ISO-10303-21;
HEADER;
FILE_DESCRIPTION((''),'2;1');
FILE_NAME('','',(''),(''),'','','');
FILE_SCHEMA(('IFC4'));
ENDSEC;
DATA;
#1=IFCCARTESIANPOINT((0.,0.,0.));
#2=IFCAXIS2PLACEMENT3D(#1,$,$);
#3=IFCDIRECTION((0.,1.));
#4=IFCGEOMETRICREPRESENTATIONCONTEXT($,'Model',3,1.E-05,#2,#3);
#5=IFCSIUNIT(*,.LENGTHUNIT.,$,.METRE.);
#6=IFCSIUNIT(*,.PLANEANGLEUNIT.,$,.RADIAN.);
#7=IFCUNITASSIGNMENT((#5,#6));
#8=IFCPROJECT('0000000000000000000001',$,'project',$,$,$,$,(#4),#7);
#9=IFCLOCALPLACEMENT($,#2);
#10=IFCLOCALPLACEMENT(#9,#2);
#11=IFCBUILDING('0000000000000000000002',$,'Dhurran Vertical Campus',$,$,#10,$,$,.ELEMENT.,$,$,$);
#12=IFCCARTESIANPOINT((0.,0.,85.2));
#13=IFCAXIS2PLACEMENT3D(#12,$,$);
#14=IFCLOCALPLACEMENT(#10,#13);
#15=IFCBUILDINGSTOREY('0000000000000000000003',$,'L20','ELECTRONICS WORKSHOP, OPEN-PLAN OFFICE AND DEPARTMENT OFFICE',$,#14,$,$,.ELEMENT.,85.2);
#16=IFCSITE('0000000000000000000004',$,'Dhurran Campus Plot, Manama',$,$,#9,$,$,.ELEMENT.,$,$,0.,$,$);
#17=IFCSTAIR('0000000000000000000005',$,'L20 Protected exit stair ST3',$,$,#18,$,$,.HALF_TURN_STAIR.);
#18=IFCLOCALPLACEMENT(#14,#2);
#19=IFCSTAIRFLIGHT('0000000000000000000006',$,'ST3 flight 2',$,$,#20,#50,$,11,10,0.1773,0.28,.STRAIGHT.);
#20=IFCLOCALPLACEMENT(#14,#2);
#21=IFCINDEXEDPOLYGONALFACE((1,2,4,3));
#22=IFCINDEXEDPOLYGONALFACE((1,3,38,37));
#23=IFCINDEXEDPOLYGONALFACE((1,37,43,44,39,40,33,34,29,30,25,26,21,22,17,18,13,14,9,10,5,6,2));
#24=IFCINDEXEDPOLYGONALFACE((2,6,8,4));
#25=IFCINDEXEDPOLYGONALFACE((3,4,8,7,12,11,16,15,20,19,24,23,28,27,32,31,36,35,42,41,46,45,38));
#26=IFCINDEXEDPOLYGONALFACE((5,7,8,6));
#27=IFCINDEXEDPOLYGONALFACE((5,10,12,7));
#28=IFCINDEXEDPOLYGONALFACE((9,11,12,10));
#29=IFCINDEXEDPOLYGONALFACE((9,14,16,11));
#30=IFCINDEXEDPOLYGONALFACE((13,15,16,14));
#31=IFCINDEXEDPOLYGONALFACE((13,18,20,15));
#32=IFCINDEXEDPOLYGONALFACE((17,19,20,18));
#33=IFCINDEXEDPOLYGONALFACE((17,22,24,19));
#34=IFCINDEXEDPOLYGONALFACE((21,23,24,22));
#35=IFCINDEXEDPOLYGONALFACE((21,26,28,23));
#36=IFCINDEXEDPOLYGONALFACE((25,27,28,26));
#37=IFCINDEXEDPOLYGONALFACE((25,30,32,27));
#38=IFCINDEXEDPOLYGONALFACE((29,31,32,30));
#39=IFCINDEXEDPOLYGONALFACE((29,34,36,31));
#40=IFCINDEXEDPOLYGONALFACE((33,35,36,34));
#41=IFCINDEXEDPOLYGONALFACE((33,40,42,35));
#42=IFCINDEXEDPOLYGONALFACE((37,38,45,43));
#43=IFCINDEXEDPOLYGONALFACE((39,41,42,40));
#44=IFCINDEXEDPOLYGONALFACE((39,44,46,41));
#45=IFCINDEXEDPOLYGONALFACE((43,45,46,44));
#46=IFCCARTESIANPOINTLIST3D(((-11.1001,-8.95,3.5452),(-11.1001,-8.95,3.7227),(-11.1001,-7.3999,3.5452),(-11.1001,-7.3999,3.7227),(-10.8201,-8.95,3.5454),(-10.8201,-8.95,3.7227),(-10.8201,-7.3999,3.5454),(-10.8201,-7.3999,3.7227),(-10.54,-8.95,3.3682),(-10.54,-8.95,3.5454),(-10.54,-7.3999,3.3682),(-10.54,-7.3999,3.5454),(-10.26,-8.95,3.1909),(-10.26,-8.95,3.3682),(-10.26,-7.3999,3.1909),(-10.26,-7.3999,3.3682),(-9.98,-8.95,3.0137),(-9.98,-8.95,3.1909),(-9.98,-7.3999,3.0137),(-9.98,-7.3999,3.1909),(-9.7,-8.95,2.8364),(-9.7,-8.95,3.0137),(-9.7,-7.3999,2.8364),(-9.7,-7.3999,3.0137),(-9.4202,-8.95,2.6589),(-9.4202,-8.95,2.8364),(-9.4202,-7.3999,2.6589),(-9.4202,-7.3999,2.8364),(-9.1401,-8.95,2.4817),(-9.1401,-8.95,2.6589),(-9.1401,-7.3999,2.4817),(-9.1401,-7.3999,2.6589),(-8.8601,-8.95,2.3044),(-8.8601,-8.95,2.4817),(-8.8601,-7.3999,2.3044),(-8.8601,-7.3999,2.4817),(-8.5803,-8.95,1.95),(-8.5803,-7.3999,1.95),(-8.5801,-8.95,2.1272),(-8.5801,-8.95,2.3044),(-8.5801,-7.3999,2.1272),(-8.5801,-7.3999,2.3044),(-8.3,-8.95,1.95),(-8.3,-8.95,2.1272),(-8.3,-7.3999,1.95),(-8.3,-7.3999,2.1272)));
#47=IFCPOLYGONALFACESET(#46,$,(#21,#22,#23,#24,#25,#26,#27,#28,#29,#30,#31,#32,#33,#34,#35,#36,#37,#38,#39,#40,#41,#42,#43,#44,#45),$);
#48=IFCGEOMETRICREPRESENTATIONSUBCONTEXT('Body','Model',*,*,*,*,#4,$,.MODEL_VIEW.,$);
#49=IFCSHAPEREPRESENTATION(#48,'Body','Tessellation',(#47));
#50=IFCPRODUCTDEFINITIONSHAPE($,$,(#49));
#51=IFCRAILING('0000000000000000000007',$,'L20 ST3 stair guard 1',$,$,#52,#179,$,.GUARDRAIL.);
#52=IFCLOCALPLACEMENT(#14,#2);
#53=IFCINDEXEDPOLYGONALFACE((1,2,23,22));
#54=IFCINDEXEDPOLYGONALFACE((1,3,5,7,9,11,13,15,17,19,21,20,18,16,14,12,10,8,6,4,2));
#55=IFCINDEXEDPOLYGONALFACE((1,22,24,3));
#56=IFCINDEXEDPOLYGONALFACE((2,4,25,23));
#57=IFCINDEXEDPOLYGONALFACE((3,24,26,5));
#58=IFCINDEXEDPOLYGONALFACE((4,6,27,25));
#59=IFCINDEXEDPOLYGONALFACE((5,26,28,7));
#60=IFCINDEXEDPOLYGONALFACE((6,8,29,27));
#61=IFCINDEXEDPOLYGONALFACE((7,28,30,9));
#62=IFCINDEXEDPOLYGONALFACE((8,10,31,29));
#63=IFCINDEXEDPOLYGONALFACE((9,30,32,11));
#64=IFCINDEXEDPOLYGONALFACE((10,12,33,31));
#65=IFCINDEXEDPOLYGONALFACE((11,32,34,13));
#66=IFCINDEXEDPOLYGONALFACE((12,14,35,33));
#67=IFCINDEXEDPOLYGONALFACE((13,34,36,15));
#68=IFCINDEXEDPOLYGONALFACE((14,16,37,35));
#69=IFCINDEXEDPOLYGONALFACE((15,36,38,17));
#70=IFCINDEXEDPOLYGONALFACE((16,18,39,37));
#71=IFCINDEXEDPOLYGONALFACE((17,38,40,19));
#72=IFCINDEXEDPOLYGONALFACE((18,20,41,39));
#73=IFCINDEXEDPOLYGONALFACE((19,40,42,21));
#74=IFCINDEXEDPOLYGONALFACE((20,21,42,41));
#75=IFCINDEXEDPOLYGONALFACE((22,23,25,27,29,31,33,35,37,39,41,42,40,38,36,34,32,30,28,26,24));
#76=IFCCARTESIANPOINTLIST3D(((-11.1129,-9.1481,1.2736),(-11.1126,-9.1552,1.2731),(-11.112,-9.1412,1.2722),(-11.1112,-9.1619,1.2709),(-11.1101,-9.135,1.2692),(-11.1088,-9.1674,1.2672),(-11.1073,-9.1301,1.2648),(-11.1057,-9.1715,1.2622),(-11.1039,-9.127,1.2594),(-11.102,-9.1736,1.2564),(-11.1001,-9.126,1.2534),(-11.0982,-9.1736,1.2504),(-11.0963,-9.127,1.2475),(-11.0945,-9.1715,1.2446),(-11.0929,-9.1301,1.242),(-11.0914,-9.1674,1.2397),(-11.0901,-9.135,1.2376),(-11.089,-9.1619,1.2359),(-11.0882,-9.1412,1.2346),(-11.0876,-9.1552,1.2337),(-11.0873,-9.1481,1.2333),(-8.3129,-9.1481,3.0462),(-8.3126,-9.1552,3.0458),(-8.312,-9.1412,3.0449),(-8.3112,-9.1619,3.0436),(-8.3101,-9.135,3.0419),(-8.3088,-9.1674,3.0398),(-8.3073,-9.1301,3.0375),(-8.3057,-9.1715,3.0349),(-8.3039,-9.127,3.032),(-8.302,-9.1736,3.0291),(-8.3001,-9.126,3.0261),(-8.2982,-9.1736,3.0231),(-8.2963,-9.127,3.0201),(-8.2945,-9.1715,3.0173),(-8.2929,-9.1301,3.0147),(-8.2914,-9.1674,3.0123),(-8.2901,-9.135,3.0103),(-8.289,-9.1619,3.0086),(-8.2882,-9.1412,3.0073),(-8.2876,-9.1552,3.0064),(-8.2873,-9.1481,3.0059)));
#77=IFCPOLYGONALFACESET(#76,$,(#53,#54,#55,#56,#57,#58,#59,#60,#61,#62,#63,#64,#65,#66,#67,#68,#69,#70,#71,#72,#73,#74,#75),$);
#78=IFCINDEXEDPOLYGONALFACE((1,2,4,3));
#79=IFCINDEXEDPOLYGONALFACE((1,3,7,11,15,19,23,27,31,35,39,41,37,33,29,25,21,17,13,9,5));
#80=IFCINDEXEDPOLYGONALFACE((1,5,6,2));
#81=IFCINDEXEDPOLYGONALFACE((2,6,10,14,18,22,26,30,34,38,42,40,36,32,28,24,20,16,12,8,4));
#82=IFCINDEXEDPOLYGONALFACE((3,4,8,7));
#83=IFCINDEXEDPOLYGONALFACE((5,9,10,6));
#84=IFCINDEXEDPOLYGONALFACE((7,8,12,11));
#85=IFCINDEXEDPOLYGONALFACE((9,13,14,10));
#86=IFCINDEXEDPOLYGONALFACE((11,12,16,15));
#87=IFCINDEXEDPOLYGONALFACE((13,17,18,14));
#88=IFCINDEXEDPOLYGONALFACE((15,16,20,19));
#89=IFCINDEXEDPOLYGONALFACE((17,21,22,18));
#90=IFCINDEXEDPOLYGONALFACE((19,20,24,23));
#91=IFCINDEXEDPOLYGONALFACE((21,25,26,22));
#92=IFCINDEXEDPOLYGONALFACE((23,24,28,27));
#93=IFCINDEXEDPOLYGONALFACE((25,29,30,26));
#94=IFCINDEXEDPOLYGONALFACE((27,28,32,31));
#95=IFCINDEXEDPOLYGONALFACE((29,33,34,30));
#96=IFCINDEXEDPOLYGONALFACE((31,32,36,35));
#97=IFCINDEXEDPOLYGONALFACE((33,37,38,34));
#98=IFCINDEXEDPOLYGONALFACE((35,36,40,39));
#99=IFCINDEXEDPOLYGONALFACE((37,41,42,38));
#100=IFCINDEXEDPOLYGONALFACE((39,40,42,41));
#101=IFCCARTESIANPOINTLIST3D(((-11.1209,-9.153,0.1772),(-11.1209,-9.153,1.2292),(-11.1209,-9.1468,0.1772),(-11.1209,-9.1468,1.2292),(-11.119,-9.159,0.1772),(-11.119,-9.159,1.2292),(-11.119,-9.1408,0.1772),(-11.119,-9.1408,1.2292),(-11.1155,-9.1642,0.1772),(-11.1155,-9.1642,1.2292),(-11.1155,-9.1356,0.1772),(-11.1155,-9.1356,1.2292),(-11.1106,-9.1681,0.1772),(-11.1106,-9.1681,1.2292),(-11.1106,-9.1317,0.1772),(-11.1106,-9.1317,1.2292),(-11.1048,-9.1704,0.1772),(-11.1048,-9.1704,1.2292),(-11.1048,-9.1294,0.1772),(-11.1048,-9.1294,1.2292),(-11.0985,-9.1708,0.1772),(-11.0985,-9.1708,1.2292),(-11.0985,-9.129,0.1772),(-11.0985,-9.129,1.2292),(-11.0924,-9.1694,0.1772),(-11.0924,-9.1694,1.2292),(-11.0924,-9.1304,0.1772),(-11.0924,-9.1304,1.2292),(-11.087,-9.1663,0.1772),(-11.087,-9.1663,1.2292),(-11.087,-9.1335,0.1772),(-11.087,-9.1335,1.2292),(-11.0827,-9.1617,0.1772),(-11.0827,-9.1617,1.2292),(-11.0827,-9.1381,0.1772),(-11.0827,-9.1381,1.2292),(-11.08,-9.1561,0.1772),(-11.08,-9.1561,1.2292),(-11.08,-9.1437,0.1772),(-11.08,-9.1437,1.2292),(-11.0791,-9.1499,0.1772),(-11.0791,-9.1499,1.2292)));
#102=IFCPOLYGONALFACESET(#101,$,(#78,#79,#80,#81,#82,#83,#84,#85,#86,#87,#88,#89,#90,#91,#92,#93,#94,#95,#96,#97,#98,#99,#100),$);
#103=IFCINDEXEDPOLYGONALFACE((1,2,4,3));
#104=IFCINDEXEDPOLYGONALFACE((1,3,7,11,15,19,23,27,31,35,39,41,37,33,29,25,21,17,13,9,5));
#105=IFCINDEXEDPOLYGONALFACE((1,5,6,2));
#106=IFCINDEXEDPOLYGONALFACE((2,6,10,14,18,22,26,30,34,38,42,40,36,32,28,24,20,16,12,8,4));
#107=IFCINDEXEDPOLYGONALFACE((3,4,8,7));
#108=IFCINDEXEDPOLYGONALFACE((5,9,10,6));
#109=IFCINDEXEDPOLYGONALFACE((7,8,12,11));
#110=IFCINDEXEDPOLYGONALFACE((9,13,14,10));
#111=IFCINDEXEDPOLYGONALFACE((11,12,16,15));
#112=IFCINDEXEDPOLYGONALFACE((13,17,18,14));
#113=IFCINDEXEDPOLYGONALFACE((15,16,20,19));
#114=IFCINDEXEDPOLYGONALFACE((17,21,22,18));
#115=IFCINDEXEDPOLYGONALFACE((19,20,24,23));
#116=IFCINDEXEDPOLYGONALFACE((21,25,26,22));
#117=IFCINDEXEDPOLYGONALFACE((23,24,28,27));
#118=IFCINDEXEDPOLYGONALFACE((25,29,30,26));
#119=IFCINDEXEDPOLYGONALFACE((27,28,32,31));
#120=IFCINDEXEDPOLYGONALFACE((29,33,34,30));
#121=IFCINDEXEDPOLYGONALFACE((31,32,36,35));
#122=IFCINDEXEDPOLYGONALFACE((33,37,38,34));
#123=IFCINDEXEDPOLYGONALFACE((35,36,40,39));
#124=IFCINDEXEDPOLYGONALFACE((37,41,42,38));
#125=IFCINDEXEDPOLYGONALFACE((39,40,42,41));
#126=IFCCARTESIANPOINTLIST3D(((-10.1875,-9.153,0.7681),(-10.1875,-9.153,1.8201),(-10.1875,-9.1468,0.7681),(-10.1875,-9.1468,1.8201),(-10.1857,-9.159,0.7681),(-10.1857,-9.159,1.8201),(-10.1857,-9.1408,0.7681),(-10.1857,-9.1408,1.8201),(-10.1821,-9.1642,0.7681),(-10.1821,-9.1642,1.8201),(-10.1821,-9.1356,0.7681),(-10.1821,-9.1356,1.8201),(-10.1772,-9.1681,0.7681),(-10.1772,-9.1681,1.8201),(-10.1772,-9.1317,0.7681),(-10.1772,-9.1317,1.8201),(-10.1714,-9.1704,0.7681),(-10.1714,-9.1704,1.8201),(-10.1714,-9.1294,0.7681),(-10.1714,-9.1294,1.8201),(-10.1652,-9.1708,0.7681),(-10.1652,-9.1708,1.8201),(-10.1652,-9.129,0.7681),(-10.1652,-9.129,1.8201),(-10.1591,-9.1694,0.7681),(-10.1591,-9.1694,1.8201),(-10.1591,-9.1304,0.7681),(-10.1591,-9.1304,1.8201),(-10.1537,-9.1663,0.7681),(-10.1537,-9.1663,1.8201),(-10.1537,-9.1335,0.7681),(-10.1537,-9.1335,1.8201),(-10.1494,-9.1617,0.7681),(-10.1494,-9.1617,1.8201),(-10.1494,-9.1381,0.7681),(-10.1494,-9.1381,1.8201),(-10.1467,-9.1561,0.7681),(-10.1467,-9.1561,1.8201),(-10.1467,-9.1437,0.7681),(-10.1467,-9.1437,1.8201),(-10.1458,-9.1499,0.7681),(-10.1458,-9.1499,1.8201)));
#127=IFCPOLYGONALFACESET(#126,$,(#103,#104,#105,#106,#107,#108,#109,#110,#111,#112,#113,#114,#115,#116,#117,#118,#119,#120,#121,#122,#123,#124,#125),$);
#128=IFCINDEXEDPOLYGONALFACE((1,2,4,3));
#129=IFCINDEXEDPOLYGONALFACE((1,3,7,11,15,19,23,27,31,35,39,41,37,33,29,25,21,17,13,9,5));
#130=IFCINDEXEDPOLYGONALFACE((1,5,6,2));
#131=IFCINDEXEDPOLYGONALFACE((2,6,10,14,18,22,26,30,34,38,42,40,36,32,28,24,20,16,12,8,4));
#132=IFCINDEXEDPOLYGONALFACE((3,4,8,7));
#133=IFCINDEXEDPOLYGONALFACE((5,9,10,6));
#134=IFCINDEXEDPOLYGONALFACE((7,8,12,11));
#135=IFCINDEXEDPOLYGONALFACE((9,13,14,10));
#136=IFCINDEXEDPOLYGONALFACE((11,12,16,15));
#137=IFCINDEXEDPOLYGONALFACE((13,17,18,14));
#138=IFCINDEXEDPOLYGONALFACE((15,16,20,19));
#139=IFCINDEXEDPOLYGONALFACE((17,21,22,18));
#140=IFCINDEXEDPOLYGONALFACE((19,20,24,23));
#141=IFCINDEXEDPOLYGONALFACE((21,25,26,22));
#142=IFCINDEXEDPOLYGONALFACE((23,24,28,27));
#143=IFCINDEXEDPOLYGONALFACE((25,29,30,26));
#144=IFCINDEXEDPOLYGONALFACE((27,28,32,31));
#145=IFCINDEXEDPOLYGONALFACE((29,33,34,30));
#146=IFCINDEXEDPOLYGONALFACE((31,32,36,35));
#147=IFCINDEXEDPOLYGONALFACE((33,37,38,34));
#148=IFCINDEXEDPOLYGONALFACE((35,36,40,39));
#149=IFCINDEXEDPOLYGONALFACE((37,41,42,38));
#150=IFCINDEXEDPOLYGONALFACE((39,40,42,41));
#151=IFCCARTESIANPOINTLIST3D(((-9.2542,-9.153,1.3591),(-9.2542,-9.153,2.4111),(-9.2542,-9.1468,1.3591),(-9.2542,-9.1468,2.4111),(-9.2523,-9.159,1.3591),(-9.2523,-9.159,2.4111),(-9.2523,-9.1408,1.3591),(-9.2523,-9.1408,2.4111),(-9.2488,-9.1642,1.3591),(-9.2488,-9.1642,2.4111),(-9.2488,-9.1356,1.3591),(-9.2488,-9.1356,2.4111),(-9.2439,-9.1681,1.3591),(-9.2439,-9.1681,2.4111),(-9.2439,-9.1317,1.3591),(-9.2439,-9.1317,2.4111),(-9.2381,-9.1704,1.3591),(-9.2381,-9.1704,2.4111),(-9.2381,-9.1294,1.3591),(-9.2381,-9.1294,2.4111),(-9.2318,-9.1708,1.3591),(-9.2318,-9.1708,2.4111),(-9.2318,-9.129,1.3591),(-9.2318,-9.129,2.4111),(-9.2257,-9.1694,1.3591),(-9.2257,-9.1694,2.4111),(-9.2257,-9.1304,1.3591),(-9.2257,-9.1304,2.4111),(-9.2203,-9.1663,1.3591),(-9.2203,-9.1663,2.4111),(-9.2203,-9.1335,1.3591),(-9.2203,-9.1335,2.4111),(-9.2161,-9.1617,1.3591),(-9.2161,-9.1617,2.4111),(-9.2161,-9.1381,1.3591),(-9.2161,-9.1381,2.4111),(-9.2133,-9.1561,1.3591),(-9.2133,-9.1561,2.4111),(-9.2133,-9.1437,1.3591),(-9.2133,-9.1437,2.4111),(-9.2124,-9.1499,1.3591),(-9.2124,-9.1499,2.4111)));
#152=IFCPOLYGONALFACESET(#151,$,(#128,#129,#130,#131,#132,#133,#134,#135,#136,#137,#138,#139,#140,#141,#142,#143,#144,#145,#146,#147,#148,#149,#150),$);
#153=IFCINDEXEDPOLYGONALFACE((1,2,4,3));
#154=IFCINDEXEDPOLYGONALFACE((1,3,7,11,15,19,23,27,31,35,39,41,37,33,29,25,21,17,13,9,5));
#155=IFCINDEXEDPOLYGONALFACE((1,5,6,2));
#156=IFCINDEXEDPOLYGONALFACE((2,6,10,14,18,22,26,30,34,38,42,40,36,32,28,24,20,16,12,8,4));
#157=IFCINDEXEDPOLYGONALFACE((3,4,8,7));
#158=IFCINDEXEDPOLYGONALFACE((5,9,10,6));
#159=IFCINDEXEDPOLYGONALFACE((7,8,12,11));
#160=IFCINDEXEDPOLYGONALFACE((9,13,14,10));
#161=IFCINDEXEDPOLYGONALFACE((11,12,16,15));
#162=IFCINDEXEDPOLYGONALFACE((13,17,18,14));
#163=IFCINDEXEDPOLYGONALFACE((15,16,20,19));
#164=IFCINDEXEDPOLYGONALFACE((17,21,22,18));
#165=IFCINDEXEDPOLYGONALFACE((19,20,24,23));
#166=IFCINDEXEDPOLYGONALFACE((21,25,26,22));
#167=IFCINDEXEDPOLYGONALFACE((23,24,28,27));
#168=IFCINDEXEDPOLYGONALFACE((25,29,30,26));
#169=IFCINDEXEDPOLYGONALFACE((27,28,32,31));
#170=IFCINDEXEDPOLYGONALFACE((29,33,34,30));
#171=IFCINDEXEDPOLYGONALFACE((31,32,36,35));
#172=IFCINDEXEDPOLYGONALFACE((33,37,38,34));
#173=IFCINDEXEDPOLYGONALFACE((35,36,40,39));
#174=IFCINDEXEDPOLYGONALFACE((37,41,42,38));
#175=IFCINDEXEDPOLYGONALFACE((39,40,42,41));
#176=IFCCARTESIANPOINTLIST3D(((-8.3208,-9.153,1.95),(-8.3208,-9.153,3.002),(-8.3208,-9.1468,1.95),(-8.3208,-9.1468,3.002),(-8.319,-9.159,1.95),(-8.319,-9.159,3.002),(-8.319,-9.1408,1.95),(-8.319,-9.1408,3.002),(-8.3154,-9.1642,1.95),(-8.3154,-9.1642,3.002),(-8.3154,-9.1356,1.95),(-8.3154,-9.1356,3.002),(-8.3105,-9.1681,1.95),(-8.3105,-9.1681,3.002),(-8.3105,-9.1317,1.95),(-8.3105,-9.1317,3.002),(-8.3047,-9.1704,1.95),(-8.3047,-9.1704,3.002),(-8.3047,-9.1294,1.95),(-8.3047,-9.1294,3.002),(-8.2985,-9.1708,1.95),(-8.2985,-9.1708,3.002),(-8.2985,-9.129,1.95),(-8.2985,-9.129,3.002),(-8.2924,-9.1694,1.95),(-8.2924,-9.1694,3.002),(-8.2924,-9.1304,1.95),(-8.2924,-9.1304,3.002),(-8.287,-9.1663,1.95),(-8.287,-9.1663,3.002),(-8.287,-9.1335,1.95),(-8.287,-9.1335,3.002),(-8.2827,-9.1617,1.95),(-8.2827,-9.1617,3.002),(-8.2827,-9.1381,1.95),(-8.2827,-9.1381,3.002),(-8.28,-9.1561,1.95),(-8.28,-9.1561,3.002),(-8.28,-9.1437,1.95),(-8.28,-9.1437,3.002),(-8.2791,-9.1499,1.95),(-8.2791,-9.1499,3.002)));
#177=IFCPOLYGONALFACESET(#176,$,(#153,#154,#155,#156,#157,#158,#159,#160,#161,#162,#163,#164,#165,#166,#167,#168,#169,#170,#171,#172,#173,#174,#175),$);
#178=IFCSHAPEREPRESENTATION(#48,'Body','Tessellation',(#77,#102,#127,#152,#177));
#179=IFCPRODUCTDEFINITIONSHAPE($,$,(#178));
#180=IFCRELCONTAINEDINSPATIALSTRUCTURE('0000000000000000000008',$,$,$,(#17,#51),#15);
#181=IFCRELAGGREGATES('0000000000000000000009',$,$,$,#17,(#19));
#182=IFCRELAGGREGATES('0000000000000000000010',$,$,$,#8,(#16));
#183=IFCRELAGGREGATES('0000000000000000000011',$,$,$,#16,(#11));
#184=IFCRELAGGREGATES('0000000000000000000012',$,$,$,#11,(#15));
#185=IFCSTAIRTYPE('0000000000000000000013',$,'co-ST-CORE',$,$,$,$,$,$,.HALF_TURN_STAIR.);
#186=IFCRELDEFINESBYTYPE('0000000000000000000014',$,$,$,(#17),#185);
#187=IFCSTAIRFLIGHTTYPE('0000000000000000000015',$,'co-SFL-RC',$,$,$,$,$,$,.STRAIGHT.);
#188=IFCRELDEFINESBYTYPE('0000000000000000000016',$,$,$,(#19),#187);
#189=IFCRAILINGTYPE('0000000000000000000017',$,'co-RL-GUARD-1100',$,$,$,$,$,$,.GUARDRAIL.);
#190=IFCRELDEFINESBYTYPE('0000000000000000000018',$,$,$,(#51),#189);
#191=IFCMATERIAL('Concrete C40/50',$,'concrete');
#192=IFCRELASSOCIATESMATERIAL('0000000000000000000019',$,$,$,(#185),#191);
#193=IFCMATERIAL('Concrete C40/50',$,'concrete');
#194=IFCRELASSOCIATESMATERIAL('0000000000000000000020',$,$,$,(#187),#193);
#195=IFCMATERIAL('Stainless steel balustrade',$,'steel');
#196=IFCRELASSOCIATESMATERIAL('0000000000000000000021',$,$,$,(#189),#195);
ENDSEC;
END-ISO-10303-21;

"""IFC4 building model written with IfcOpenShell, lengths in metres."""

from ifc_helpers import new_model, si_unit, direction, frame, origin, origin_2d, place, context, subcontext, project, spatial, polyline, circle, outline, extrude, material, type_object, element, aggregate, save


model = new_model("IFC4")

# Units and contexts
model_context = context("Model", 3, precision=1e-05, world=origin(), true_north=direction((0.0, 1.0)))
body_context = subcontext(model_context, "Body", "Model", "MODEL_VIEW")
ifc_project = project(units=[si_unit("LENGTHUNIT", "METRE"), si_unit("PLANEANGLEUNIT", "RADIAN")], contexts=[model_context])

# Site, building, storey
site_placement = place(None, origin())
site = spatial("IfcSite", under=ifc_project, at=site_placement, Name="Dhurran Campus Plot, Manama", CompositionType="ELEMENT", RefElevation=0.0)
building_placement = place(site_placement, origin())
building = spatial("IfcBuilding", under=site, at=building_placement, Name="Dhurran Vertical Campus", CompositionType="ELEMENT")
storey_placement = place(building_placement, frame((0.0, 0.0, 85.2)))
storey = spatial("IfcBuildingStorey", under=building, at=storey_placement, Name="L20", Description="ELECTRONICS WORKSHOP, OPEN-PLAN OFFICE AND DEPARTMENT OFFICE", CompositionType="ELEMENT", Elevation=85.2)

# Stair, stair flight
ifc_material_1 = material(Name="Concrete C40/50", Category="concrete")
stair_type = type_object("IfcStairType", Name="co-ST-CORE", PredefinedType="HALF_TURN_STAIR", material=ifc_material_1)
stair_placement = place(storey_placement, origin())
stair = element("IfcStair", 1, at=stair_placement, inside=storey, type_object=stair_type, Name="L20 Protected exit stair ST3", PredefinedType="HALF_TURN_STAIR")
ifc_material_2 = material(Name="Concrete C40/50", Category="concrete")
stair_flight_type = type_object("IfcStairFlightType", Name="co-SFL-RC", PredefinedType="STRAIGHT", material=ifc_material_2)
stair_flight_1_placement = place(storey_placement, frame((-8.3, -8.175, 1.95), z_axis=(0.0, 0.0, 1.0), x_axis=(-1.0, 0.0, 0.0)))
stair_flight_1 = element("IfcStairFlight", 2, at=stair_flight_1_placement, type_object=stair_flight_type, Name="ST3 flight 2", NumberOfRisers=11, NumberOfTreads=10, PredefinedType="STRAIGHT", RiserHeight=0.1773, TreadLength=0.28, context=body_context, shape_type="SweptSolid", body=[
    extrude(outline(polyline([(0.0, 0.0), (0.0, 0.1772), (0.28, 0.1772), (0.28, 0.3545), (0.5601, 0.3545), (0.5601, 0.5317), (0.8401, 0.5317), (0.8401, 0.709), (1.1201, 0.709), (1.1201, 0.8865), (1.3999, 0.8865), (1.3999, 1.0637), (1.6799, 1.0637), (1.6799, 1.241), (1.96, 1.241), (1.96, 1.4182), (2.24, 1.4182), (2.24, 1.5955), (2.52, 1.5955), (2.52, 1.7727), (2.8, 1.7727), (2.8, 1.95), (2.8, 1.5952), (0.2803, 0.0), (0.0, 0.0)])), frame((0.0, 0.7749, 0.0), z_axis=(0.0, -1.0, 0.0), x_axis=(1.0, 0.0, 0.0)), (0.0, 0.0, 1.0), 1.55),
])
aggregate(stair, [stair_flight_1])

# Railing
ifc_material_3 = material(Name="Stainless steel balustrade", Category="steel")
railing_type_1 = type_object("IfcRailingType", Name="co-RL-GUARD-1100", PredefinedType="GUARDRAIL", material=ifc_material_3)
railing_1_placement = place(storey_placement, frame((-11.1001, -9.1499, 0.1772)))
element("IfcRailing", 3, at=railing_1_placement, inside=storey, type_object=railing_type_1, Name="L20 ST3 stair guard 1", PredefinedType="GUARDRAIL", context=body_context, shape_type="SweptSolid", body=[
    extrude(circle(Radius=0.0239, at=origin_2d()), frame((0.0, 0.0, 1.0762), z_axis=(0.844909, 0.0, 0.53491), x_axis=(0.0, 1.0, 0.0)), (0.0, 0.0, 1.0), 3.314),
    extrude(circle(Radius=0.021, at=origin_2d()), origin(), (0.0, 0.0, 1.0), 1.052),
    extrude(circle(Radius=0.021, at=origin_2d()), frame((0.9333, 0.0, 0.5908)), (0.0, 0.0, 1.0), 1.052),
    extrude(circle(Radius=0.021, at=origin_2d()), frame((1.8667, 0.0, 1.1819)), (0.0, 0.0, 1.0), 1.052),
    extrude(circle(Radius=0.021, at=origin_2d()), frame((2.8, 0.0, 1.7727)), (0.0, 0.0, 1.0), 1.052),
])

save(model, "model.ifc")
